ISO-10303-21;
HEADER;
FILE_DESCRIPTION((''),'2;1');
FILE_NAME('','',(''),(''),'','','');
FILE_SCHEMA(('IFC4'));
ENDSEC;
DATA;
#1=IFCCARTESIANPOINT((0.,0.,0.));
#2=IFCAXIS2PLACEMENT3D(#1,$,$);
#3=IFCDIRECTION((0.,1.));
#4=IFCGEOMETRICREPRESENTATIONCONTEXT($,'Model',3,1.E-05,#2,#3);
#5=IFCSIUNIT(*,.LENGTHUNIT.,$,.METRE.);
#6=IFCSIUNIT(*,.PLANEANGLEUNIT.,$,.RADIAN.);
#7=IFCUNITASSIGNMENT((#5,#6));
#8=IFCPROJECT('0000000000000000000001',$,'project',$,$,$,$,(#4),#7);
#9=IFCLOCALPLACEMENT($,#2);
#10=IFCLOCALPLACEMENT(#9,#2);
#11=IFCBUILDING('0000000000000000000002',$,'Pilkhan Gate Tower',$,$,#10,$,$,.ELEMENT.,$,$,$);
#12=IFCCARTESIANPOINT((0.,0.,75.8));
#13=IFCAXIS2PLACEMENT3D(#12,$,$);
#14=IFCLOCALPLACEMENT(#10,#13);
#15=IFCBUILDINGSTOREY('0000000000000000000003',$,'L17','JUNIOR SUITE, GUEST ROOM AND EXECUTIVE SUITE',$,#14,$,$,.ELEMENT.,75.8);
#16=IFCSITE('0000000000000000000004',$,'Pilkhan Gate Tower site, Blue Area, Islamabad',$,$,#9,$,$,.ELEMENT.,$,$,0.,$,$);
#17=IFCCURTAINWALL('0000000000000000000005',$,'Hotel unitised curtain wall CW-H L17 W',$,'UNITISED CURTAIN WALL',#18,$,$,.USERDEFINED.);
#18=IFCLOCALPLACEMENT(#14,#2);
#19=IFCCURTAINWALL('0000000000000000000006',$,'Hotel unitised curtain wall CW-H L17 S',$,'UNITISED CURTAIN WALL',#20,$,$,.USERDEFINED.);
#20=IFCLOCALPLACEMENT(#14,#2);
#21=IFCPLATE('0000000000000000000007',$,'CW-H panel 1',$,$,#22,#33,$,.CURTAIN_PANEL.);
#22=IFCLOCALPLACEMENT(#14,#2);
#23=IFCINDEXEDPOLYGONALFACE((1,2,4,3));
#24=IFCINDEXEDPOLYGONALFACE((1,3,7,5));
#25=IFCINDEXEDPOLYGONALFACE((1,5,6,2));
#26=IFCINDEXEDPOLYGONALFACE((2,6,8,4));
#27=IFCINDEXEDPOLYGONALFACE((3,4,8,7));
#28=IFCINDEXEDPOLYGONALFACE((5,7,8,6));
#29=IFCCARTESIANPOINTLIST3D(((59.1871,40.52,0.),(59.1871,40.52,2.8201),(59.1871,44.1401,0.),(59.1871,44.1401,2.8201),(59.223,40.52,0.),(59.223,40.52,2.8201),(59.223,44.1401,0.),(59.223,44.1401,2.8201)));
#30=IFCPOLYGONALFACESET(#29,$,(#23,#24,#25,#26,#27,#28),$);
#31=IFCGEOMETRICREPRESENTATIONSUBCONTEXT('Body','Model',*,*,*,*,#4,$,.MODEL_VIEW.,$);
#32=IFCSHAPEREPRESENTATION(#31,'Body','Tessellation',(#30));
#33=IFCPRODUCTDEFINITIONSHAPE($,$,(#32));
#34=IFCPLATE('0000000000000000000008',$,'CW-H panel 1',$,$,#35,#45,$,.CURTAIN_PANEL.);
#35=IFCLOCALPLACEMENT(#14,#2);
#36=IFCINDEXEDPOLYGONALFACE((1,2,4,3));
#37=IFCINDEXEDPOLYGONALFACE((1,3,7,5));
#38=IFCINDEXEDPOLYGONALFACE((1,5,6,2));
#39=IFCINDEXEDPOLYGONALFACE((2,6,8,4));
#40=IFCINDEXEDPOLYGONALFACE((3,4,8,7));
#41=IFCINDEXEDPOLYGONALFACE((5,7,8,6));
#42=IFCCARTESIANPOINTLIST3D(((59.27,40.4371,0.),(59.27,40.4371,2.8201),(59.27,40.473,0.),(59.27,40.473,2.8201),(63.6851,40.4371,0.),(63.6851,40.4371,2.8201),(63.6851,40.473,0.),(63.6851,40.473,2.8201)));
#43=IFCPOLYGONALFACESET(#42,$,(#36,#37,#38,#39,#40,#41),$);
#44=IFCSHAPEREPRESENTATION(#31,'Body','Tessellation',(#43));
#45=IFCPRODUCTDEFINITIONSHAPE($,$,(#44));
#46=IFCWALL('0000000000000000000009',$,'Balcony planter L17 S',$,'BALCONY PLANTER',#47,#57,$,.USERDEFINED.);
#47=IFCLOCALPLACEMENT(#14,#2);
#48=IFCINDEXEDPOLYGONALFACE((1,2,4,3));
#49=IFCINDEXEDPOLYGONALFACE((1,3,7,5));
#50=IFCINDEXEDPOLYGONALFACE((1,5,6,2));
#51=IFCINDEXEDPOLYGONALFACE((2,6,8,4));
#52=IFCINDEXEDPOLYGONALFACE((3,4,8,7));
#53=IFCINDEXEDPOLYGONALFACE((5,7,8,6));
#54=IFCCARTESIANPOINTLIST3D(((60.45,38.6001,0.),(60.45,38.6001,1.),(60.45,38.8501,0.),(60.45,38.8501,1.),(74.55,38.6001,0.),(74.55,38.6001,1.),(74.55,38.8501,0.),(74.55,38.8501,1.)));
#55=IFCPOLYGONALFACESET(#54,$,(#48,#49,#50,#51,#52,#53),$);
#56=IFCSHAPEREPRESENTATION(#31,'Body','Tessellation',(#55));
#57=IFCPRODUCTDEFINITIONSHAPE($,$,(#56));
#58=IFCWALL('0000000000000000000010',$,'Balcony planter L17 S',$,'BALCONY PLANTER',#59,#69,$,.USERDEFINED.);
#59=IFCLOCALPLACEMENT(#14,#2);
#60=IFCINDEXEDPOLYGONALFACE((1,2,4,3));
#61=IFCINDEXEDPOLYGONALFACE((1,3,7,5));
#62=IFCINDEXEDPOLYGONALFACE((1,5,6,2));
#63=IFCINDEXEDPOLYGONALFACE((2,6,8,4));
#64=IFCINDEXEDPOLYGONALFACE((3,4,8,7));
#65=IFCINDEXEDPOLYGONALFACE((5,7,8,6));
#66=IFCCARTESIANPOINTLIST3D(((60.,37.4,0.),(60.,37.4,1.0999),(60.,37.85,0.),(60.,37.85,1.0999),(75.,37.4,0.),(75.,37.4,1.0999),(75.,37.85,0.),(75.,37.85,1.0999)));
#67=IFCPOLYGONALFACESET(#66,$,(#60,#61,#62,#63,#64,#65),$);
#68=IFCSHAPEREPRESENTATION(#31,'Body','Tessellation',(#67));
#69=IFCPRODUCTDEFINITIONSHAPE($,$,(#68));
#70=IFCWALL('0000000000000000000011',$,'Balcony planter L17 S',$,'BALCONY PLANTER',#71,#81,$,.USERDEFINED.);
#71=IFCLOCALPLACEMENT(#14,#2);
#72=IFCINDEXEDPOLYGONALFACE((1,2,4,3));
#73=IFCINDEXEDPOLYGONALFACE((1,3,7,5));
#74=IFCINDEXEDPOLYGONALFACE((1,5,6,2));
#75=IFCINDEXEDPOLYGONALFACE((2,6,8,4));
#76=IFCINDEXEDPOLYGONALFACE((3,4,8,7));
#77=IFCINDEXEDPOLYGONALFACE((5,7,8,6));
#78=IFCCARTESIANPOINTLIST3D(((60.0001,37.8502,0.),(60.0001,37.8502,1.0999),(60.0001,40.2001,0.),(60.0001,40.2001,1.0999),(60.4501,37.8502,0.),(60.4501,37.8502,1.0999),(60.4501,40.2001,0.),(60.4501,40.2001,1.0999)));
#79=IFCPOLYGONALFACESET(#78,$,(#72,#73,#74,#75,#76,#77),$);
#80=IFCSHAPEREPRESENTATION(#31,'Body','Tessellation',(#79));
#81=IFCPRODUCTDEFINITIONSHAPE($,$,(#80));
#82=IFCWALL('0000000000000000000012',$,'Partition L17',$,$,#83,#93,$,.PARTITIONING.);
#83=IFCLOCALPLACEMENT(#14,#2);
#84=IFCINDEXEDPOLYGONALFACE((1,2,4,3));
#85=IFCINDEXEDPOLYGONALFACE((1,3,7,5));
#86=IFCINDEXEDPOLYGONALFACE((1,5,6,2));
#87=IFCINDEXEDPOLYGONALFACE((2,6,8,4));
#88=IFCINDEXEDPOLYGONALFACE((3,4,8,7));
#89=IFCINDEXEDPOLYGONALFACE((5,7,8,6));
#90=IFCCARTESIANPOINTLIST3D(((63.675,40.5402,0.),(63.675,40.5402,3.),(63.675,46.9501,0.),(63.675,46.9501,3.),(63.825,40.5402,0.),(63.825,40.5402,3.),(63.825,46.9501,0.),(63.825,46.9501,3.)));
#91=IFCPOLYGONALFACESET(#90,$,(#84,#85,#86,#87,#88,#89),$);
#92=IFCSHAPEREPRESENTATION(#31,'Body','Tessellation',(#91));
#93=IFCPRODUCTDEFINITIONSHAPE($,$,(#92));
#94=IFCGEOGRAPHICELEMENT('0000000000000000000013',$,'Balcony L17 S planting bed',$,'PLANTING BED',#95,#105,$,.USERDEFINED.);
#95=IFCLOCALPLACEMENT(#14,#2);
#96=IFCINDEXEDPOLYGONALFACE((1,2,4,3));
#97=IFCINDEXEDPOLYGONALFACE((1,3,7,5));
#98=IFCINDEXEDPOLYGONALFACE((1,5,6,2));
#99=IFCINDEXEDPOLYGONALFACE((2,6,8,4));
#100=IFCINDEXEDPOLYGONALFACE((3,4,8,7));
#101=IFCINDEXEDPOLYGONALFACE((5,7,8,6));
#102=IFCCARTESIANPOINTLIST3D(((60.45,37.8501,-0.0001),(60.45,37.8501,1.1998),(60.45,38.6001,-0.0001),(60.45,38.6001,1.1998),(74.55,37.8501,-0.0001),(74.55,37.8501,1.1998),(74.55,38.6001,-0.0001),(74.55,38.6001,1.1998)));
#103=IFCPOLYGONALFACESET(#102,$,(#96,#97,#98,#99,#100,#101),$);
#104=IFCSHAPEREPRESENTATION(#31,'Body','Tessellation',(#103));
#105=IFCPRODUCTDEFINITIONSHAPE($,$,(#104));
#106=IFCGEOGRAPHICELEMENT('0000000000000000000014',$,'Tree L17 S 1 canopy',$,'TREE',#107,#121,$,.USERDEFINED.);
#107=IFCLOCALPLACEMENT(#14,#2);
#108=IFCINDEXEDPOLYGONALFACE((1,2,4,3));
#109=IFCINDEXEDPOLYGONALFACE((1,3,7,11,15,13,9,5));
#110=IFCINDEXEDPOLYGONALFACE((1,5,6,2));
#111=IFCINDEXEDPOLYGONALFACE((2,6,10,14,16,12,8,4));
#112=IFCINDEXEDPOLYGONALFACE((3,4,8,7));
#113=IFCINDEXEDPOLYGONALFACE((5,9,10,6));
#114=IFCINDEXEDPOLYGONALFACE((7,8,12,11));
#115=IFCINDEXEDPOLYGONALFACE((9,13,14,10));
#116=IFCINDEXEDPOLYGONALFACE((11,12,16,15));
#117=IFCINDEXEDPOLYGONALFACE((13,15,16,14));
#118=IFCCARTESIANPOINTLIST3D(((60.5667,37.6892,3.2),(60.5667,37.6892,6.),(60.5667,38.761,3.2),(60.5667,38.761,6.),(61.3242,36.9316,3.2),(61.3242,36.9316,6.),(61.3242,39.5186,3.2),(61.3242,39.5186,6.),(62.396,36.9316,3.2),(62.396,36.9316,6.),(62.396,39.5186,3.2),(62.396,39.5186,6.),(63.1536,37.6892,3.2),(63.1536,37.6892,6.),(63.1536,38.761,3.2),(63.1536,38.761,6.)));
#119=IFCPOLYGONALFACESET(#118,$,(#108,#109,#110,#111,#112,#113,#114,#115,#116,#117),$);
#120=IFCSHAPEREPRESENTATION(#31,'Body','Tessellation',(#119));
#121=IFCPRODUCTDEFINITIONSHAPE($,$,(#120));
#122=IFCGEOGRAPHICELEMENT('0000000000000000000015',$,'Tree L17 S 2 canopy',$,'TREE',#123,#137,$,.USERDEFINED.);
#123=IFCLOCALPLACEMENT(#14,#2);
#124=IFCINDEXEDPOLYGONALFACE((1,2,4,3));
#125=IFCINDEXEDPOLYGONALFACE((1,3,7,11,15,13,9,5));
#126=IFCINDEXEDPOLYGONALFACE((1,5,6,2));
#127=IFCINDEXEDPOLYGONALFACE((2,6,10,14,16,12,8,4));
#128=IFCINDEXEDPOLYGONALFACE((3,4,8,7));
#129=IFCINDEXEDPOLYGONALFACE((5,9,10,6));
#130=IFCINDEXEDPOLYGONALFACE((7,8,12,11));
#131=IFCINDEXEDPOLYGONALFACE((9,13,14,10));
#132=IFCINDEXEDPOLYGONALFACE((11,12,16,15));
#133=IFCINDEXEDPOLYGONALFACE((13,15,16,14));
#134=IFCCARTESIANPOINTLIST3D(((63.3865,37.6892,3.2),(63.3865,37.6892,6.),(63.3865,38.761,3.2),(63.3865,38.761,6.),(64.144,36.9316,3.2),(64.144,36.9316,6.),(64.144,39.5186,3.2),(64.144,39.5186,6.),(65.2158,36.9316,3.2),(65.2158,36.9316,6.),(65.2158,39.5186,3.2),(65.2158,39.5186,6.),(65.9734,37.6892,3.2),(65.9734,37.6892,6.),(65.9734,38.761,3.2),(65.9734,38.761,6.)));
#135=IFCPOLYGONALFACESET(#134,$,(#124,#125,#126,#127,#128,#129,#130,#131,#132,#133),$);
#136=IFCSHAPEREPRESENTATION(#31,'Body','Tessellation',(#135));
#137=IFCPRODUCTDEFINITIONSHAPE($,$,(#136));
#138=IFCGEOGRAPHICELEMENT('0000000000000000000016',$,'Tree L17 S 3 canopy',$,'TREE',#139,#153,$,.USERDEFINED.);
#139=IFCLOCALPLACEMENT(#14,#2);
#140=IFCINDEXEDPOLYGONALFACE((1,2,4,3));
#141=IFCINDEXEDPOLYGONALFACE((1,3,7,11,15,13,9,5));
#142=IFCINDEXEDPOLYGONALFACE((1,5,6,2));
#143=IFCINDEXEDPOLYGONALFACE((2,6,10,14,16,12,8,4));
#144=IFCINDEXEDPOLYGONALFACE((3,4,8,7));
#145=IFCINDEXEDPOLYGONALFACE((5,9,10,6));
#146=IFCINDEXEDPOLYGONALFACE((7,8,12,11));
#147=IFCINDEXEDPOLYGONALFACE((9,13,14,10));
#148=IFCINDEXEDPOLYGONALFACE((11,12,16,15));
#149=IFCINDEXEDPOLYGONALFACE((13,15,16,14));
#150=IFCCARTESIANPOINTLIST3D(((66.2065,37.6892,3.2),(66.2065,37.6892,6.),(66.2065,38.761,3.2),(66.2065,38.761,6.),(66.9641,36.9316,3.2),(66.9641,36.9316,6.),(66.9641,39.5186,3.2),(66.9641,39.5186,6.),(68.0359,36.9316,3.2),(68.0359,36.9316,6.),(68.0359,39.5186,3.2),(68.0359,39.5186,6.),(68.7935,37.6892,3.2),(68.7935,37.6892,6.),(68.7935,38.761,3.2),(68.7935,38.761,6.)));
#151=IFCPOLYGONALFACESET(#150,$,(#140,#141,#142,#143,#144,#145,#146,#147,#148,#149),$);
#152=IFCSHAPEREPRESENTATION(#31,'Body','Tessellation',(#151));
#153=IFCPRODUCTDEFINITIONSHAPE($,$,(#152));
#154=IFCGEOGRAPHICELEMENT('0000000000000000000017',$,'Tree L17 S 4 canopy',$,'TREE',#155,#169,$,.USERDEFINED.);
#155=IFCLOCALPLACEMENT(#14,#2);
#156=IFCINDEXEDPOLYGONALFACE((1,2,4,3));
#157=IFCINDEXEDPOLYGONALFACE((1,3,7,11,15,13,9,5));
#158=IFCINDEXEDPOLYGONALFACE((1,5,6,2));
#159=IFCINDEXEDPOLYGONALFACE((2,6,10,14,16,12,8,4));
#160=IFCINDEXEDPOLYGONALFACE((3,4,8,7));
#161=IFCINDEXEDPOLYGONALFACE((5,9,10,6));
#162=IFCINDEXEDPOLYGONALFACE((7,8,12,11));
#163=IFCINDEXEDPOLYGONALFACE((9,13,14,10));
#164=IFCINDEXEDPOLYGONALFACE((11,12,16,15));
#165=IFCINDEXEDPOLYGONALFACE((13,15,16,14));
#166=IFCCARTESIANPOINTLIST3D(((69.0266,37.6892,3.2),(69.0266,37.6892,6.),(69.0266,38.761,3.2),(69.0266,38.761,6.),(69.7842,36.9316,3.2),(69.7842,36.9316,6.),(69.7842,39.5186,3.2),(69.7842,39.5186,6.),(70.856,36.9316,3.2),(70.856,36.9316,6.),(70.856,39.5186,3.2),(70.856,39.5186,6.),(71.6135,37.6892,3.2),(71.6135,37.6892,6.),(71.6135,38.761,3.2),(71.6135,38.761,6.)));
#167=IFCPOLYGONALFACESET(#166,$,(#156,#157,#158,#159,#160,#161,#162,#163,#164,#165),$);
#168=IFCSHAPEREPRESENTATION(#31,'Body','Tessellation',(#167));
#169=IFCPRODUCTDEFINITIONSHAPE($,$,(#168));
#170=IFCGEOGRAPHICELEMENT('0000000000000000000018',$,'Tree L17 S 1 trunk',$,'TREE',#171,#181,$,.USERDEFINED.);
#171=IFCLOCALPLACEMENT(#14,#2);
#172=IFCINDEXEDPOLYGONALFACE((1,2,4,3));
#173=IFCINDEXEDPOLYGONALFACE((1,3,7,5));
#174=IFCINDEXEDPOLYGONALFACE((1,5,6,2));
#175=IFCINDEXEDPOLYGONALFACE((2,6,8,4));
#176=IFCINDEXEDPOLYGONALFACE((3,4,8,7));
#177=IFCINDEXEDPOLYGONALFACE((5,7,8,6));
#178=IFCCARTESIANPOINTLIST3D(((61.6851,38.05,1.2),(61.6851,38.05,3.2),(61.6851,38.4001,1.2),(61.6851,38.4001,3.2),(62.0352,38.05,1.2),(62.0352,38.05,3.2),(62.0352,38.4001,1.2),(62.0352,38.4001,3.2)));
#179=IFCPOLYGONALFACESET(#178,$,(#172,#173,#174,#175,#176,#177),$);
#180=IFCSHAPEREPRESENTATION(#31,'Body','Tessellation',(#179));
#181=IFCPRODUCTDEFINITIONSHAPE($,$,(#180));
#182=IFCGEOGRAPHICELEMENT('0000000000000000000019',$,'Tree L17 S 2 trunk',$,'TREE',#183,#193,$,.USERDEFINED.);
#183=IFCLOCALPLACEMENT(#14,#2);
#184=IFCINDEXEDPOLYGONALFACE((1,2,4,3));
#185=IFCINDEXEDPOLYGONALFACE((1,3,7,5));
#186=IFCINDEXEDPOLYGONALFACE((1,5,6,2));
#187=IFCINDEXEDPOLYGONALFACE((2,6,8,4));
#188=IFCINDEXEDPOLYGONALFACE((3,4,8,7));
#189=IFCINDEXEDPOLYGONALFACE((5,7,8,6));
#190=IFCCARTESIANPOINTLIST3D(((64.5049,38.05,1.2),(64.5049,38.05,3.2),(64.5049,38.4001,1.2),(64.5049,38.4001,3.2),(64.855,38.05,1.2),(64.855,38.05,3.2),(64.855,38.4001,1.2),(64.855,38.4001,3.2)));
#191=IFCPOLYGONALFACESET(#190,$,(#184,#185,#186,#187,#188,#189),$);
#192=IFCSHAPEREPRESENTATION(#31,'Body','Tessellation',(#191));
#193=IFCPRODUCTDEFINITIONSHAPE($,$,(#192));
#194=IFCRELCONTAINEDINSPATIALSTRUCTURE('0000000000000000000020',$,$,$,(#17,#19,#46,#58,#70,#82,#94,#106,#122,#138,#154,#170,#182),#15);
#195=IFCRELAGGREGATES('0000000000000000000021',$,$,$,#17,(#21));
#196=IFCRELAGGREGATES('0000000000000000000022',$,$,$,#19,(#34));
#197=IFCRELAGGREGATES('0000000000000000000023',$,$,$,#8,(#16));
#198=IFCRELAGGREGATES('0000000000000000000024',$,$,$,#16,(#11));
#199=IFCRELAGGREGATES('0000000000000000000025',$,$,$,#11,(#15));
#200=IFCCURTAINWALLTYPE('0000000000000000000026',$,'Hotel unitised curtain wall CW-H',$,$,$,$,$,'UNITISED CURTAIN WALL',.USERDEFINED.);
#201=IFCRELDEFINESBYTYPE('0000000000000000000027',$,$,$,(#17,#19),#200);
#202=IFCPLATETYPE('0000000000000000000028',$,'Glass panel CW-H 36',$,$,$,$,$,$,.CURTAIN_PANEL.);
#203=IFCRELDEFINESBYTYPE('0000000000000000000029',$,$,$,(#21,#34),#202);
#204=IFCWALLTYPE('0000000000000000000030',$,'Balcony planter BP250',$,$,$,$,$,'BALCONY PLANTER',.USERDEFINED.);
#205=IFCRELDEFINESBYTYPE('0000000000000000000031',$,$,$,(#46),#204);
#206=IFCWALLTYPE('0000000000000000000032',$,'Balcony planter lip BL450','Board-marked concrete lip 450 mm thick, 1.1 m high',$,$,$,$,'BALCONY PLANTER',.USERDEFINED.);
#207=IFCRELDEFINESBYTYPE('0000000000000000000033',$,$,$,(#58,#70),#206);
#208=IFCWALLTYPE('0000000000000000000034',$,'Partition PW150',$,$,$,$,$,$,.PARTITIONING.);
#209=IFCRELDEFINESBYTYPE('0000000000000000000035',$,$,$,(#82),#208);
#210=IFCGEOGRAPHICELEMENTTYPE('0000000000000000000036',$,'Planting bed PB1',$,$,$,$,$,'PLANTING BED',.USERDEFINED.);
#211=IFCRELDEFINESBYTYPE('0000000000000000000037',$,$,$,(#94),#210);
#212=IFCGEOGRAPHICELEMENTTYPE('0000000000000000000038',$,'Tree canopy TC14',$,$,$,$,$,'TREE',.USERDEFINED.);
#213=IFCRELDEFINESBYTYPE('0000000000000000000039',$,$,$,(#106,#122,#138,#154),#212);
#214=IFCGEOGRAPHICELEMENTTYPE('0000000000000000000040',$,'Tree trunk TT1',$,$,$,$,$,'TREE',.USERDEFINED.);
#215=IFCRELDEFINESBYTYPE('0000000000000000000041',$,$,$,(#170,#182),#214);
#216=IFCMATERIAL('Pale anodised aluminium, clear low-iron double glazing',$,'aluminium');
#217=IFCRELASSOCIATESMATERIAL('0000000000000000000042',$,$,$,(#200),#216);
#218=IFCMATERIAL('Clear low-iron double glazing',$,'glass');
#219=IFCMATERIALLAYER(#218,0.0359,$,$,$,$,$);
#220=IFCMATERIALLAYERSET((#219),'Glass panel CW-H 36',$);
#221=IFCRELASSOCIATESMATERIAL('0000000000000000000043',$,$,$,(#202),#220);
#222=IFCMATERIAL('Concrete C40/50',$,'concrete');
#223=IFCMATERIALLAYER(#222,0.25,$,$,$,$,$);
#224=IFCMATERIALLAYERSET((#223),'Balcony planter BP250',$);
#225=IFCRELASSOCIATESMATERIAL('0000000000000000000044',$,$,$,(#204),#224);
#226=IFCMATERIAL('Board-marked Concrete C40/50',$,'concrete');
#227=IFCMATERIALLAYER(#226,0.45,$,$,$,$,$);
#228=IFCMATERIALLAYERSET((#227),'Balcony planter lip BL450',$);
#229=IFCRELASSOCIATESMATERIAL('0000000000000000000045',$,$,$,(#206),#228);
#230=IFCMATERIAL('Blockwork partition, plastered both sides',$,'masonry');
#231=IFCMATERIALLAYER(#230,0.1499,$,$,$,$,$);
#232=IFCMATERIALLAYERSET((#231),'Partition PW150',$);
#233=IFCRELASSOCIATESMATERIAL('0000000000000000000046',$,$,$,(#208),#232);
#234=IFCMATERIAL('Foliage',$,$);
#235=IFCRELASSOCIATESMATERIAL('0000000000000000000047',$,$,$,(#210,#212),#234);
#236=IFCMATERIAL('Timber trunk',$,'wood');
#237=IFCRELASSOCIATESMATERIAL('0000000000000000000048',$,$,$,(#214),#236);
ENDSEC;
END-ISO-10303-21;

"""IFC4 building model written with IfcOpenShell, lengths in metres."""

from ifc_helpers import new_model, si_unit, direction, frame, frame_2d, origin, origin_2d, place, context, subcontext, project, spatial, polyline, rectangle, outline, extrude, material, layer, layer_set, material_profile, profile_set, type_object, element, aggregate, save


model = new_model("IFC4")

# Units and contexts
model_context = context("Model", 3, precision=1e-05, world=origin(), true_north=direction((0.0, 1.0)))
body_context = subcontext(model_context, "Body", "Model", "MODEL_VIEW")
ifc_project = project(units=[si_unit("LENGTHUNIT", "METRE"), si_unit("PLANEANGLEUNIT", "RADIAN")], contexts=[model_context])

# Site, building, storey
site_placement = place(None, origin())
site = spatial("IfcSite", under=ifc_project, at=site_placement, Name="Pilkhan Gate Tower site, Blue Area, Islamabad", CompositionType="ELEMENT", RefElevation=0.0)
building_placement = place(site_placement, origin())
building = spatial("IfcBuilding", under=site, at=building_placement, Name="Pilkhan Gate Tower", CompositionType="ELEMENT")
storey_placement = place(building_placement, frame((0.0, 0.0, 75.8)))
storey = spatial("IfcBuildingStorey", under=building, at=storey_placement, Name="L17", Description="JUNIOR SUITE, GUEST ROOM AND EXECUTIVE SUITE", CompositionType="ELEMENT", Elevation=75.8)

# Curtain walls
ifc_material_1 = material(Name="Pale anodised aluminium, clear low-iron double glazing", Category="aluminium")
curtain_wall_type = type_object("IfcCurtainWallType", Name="Hotel unitised curtain wall CW-H", ElementType="UNITISED CURTAIN WALL", PredefinedType="USERDEFINED", material=ifc_material_1)
curtain_wall_1_placement = place(storey_placement, origin())
curtain_wall_1 = element("IfcCurtainWall", 1, at=curtain_wall_1_placement, inside=storey, type_object=curtain_wall_type, Name="Hotel unitised curtain wall CW-H L17 W", ObjectType="UNITISED CURTAIN WALL", PredefinedType="USERDEFINED")
curtain_wall_2_placement = place(storey_placement, origin())
curtain_wall_2 = element("IfcCurtainWall", 2, at=curtain_wall_2_placement, inside=storey, type_object=curtain_wall_type, Name="Hotel unitised curtain wall CW-H L17 S", ObjectType="UNITISED CURTAIN WALL", PredefinedType="USERDEFINED")

# Plates
ifc_material_2 = material(Name="Clear low-iron double glazing", Category="glass")
ifc_layer_1 = layer(ifc_material_2, 0.0359)
ifc_layer_set_1 = layer_set([ifc_layer_1], Name="Glass panel CW-H 36")
plate_type = type_object("IfcPlateType", Name="Glass panel CW-H 36", PredefinedType="CURTAIN_PANEL", material=ifc_layer_set_1)
plate_1_placement = place(storey_placement, frame((59.2051, 42.3301, 0.0), z_axis=(0.0, 0.0, 1.0), x_axis=(0.0, 1.0, 0.0)))
plate_1 = element("IfcPlate", 3, at=plate_1_placement, type_object=plate_type, Name="CW-H panel 1", PredefinedType="CURTAIN_PANEL", context=body_context, shape_type="SweptSolid", body=[
    extrude(rectangle(XDim=3.6201, YDim=0.0359, at=origin_2d()), origin(), (0.0, 0.0, 1.0), 2.8201),
])
aggregate(curtain_wall_1, [plate_1])
plate_2_placement = place(storey_placement, frame((61.4775, 40.4551, 0.0), z_axis=(0.0, 0.0, 1.0), x_axis=(1.0, 0.0, 0.0)))
plate_2 = element("IfcPlate", 4, at=plate_2_placement, type_object=plate_type, Name="CW-H panel 1", PredefinedType="CURTAIN_PANEL", context=body_context, shape_type="SweptSolid", body=[
    extrude(rectangle(XDim=4.415, YDim=0.0359, at=origin_2d()), origin(), (0.0, 0.0, 1.0), 2.8201),
])
aggregate(curtain_wall_2, [plate_2])

# Walls
ifc_material_3 = material(Name="Concrete C40/50", Category="concrete")
ifc_layer_2 = layer(ifc_material_3, 0.25)
ifc_layer_set_2 = layer_set([ifc_layer_2], Name="Balcony planter BP250")
wall_type_1 = type_object("IfcWallType", Name="Balcony planter BP250", ElementType="BALCONY PLANTER", PredefinedType="USERDEFINED", material=ifc_layer_set_2)
wall_1_placement = place(storey_placement, frame((60.45, 38.7251, 0.0), z_axis=(0.0, 0.0, 1.0), x_axis=(1.0, 0.0, 0.0)))
element("IfcWall", 5, at=wall_1_placement, inside=storey, type_object=wall_type_1, Name="Balcony planter L17 S", ObjectType="BALCONY PLANTER", PredefinedType="USERDEFINED", context=body_context, shape_type="SweptSolid", body=[
    extrude(rectangle(XDim=14.1001, YDim=0.25, at=frame_2d((7.05, 0.0))), origin(), (0.0, 0.0, 1.0), 1.0),
])
ifc_material_4 = material(Name="Board-marked Concrete C40/50", Category="concrete")
ifc_layer_3 = layer(ifc_material_4, 0.45)
ifc_layer_set_3 = layer_set([ifc_layer_3], Name="Balcony planter lip BL450")
wall_type_2 = type_object("IfcWallType", Name="Balcony planter lip BL450", Description="Board-marked concrete lip 450 mm thick, 1.1 m high", ElementType="BALCONY PLANTER", PredefinedType="USERDEFINED", material=ifc_layer_set_3)
wall_2_placement = place(storey_placement, frame((60.0, 37.625, 0.0), z_axis=(0.0, 0.0, 1.0), x_axis=(1.0, 0.0, 0.0)))
element("IfcWall", 6, at=wall_2_placement, inside=storey, type_object=wall_type_2, Name="Balcony planter L17 S", ObjectType="BALCONY PLANTER", PredefinedType="USERDEFINED", context=body_context, shape_type="SweptSolid", body=[
    extrude(rectangle(XDim=15.0, YDim=0.45, at=frame_2d((7.5, 0.0))), origin(), (0.0, 0.0, 1.0), 1.0999),
])
wall_3_placement = place(storey_placement, frame((60.2251, 40.2, 0.0), z_axis=(0.0, 0.0, 1.0), x_axis=(0.0, -1.0, 0.0)))
element("IfcWall", 7, at=wall_3_placement, inside=storey, type_object=wall_type_2, Name="Balcony planter L17 S", ObjectType="BALCONY PLANTER", PredefinedType="USERDEFINED", context=body_context, shape_type="SweptSolid", body=[
    extrude(rectangle(XDim=2.3499, YDim=0.45, at=frame_2d((1.1748, 0.0))), origin(), (0.0, 0.0, 1.0), 1.0999),
])

# Wall
ifc_material_5 = material(Name="Blockwork partition, plastered both sides", Category="masonry")
ifc_layer_4 = layer(ifc_material_5, 0.1499)
ifc_layer_set_4 = layer_set([ifc_layer_4], Name="Partition PW150")
wall_type_3 = type_object("IfcWallType", Name="Partition PW150", PredefinedType="PARTITIONING", material=ifc_layer_set_4)
wall_4_placement = place(storey_placement, frame((63.75, 40.54, 0.0), z_axis=(0.0, 0.0, 1.0), x_axis=(0.0, 1.0, 0.0)))
element("IfcWall", 8, at=wall_4_placement, inside=storey, type_object=wall_type_3, Name="Partition L17", PredefinedType="PARTITIONING", context=body_context, shape_type="SweptSolid", body=[
    extrude(rectangle(XDim=6.4099, YDim=0.1499, at=frame_2d((3.2051, 0.0))), origin(), (0.0, 0.0, 1.0), 3.0),
])

# Geographic elements
ifc_material_6 = material(Name="Foliage")
ifc_material_profile_1 = material_profile(ifc_material_6, rectangle(XDim=0.75, YDim=1.2, at=origin_2d()), Name="Bed 750x1200")
ifc_profile_set_1 = profile_set([ifc_material_profile_1], Name="Foliage")
geographic_element_type_1 = type_object("IfcGeographicElementType", Name="Planting bed PB1", ElementType="PLANTING BED", PredefinedType="USERDEFINED", material=ifc_profile_set_1)
geographic_element_placement = place(storey_placement, frame((60.45, 38.2251, 0.5999), z_axis=(1.0, 0.0, 0.0), x_axis=(0.0, 1.0, 0.0)))
element("IfcGeographicElement", 9, at=geographic_element_placement, inside=storey, type_object=geographic_element_type_1, Name="Balcony L17 S planting bed", ObjectType="PLANTING BED", PredefinedType="USERDEFINED", context=body_context, shape_type="SweptSolid", body=[
    extrude(rectangle(XDim=0.75, YDim=1.2, at=origin_2d()), origin(), (0.0, 0.0, 1.0), 14.1001),
])
ifc_material_profile_2 = material_profile(ifc_material_6, outline(polyline([(1.2935, 0.5359), (0.5359, 1.2935), (-0.5359, 1.2935), (-1.2935, 0.5359), (-1.2935, -0.5359), (-0.5359, -1.2935), (0.5359, -1.2935), (1.2935, -0.5359), (1.2935, 0.5359)])), Name="Canopy D2.8")
ifc_profile_set_2 = profile_set([ifc_material_profile_2], Name="Foliage")
geographic_element_type_2 = type_object("IfcGeographicElementType", Name="Tree canopy TC14", ElementType="TREE", PredefinedType="USERDEFINED", material=ifc_profile_set_2)
for number, where, z_axis, x_axis, name in (
    (10, (61.8601, 38.2251, 3.2), (0.0, 0.0, 1.0), (1.0, 0.0, 0.0), "Tree L17 S 1 canopy"),
    (11, (64.6799, 38.2251, 3.2), (0.0, 0.0, 1.0), (1.0, 0.0, 0.0), "Tree L17 S 2 canopy"),
    (12, (67.5, 38.2251, 3.2), (0.0, 0.0, 1.0), (1.0, 0.0, 0.0), "Tree L17 S 3 canopy"),
    (13, (70.3201, 38.2251, 3.2), (0.0, 0.0, 1.0), (1.0, 0.0, 0.0), "Tree L17 S 4 canopy"),
):
    element("IfcGeographicElement", number, at=place(storey_placement, frame(where, z_axis=z_axis, x_axis=x_axis)), inside=storey, type_object=geographic_element_type_2, Name=name, ObjectType="TREE", PredefinedType="USERDEFINED", context=body_context, shape_type="SweptSolid", body=[
        extrude(outline(polyline([(1.2935, 0.5359), (0.5359, 1.2935), (-0.5359, 1.2935), (-1.2935, 0.5359), (-1.2935, -0.5359), (-0.5359, -1.2935), (0.5359, -1.2935), (1.2935, -0.5359), (1.2935, 0.5359)])), origin(), (0.0, 0.0, 1.0), 2.8),
    ])
ifc_material_7 = material(Name="Timber trunk", Category="wood")
geographic_element_type_3 = type_object("IfcGeographicElementType", Name="Tree trunk TT1", ElementType="TREE", PredefinedType="USERDEFINED", material=ifc_material_7)
for number, where, z_axis, x_axis, name in (
    (14, (61.8601, 38.2251, 1.2), (0.0, 0.0, 1.0), (1.0, 0.0, 0.0), "Tree L17 S 1 trunk"),
    (15, (64.6799, 38.2251, 1.2), (0.0, 0.0, 1.0), (1.0, 0.0, 0.0), "Tree L17 S 2 trunk"),
):
    element("IfcGeographicElement", number, at=place(storey_placement, frame(where, z_axis=z_axis, x_axis=x_axis)), inside=storey, type_object=geographic_element_type_3, Name=name, ObjectType="TREE", PredefinedType="USERDEFINED", context=body_context, shape_type="SweptSolid", body=[
        extrude(rectangle(XDim=0.3501, YDim=0.3501, at=origin_2d()), origin(), (0.0, 0.0, 1.0), 2.0),
    ])

save(model, "model.ifc")
